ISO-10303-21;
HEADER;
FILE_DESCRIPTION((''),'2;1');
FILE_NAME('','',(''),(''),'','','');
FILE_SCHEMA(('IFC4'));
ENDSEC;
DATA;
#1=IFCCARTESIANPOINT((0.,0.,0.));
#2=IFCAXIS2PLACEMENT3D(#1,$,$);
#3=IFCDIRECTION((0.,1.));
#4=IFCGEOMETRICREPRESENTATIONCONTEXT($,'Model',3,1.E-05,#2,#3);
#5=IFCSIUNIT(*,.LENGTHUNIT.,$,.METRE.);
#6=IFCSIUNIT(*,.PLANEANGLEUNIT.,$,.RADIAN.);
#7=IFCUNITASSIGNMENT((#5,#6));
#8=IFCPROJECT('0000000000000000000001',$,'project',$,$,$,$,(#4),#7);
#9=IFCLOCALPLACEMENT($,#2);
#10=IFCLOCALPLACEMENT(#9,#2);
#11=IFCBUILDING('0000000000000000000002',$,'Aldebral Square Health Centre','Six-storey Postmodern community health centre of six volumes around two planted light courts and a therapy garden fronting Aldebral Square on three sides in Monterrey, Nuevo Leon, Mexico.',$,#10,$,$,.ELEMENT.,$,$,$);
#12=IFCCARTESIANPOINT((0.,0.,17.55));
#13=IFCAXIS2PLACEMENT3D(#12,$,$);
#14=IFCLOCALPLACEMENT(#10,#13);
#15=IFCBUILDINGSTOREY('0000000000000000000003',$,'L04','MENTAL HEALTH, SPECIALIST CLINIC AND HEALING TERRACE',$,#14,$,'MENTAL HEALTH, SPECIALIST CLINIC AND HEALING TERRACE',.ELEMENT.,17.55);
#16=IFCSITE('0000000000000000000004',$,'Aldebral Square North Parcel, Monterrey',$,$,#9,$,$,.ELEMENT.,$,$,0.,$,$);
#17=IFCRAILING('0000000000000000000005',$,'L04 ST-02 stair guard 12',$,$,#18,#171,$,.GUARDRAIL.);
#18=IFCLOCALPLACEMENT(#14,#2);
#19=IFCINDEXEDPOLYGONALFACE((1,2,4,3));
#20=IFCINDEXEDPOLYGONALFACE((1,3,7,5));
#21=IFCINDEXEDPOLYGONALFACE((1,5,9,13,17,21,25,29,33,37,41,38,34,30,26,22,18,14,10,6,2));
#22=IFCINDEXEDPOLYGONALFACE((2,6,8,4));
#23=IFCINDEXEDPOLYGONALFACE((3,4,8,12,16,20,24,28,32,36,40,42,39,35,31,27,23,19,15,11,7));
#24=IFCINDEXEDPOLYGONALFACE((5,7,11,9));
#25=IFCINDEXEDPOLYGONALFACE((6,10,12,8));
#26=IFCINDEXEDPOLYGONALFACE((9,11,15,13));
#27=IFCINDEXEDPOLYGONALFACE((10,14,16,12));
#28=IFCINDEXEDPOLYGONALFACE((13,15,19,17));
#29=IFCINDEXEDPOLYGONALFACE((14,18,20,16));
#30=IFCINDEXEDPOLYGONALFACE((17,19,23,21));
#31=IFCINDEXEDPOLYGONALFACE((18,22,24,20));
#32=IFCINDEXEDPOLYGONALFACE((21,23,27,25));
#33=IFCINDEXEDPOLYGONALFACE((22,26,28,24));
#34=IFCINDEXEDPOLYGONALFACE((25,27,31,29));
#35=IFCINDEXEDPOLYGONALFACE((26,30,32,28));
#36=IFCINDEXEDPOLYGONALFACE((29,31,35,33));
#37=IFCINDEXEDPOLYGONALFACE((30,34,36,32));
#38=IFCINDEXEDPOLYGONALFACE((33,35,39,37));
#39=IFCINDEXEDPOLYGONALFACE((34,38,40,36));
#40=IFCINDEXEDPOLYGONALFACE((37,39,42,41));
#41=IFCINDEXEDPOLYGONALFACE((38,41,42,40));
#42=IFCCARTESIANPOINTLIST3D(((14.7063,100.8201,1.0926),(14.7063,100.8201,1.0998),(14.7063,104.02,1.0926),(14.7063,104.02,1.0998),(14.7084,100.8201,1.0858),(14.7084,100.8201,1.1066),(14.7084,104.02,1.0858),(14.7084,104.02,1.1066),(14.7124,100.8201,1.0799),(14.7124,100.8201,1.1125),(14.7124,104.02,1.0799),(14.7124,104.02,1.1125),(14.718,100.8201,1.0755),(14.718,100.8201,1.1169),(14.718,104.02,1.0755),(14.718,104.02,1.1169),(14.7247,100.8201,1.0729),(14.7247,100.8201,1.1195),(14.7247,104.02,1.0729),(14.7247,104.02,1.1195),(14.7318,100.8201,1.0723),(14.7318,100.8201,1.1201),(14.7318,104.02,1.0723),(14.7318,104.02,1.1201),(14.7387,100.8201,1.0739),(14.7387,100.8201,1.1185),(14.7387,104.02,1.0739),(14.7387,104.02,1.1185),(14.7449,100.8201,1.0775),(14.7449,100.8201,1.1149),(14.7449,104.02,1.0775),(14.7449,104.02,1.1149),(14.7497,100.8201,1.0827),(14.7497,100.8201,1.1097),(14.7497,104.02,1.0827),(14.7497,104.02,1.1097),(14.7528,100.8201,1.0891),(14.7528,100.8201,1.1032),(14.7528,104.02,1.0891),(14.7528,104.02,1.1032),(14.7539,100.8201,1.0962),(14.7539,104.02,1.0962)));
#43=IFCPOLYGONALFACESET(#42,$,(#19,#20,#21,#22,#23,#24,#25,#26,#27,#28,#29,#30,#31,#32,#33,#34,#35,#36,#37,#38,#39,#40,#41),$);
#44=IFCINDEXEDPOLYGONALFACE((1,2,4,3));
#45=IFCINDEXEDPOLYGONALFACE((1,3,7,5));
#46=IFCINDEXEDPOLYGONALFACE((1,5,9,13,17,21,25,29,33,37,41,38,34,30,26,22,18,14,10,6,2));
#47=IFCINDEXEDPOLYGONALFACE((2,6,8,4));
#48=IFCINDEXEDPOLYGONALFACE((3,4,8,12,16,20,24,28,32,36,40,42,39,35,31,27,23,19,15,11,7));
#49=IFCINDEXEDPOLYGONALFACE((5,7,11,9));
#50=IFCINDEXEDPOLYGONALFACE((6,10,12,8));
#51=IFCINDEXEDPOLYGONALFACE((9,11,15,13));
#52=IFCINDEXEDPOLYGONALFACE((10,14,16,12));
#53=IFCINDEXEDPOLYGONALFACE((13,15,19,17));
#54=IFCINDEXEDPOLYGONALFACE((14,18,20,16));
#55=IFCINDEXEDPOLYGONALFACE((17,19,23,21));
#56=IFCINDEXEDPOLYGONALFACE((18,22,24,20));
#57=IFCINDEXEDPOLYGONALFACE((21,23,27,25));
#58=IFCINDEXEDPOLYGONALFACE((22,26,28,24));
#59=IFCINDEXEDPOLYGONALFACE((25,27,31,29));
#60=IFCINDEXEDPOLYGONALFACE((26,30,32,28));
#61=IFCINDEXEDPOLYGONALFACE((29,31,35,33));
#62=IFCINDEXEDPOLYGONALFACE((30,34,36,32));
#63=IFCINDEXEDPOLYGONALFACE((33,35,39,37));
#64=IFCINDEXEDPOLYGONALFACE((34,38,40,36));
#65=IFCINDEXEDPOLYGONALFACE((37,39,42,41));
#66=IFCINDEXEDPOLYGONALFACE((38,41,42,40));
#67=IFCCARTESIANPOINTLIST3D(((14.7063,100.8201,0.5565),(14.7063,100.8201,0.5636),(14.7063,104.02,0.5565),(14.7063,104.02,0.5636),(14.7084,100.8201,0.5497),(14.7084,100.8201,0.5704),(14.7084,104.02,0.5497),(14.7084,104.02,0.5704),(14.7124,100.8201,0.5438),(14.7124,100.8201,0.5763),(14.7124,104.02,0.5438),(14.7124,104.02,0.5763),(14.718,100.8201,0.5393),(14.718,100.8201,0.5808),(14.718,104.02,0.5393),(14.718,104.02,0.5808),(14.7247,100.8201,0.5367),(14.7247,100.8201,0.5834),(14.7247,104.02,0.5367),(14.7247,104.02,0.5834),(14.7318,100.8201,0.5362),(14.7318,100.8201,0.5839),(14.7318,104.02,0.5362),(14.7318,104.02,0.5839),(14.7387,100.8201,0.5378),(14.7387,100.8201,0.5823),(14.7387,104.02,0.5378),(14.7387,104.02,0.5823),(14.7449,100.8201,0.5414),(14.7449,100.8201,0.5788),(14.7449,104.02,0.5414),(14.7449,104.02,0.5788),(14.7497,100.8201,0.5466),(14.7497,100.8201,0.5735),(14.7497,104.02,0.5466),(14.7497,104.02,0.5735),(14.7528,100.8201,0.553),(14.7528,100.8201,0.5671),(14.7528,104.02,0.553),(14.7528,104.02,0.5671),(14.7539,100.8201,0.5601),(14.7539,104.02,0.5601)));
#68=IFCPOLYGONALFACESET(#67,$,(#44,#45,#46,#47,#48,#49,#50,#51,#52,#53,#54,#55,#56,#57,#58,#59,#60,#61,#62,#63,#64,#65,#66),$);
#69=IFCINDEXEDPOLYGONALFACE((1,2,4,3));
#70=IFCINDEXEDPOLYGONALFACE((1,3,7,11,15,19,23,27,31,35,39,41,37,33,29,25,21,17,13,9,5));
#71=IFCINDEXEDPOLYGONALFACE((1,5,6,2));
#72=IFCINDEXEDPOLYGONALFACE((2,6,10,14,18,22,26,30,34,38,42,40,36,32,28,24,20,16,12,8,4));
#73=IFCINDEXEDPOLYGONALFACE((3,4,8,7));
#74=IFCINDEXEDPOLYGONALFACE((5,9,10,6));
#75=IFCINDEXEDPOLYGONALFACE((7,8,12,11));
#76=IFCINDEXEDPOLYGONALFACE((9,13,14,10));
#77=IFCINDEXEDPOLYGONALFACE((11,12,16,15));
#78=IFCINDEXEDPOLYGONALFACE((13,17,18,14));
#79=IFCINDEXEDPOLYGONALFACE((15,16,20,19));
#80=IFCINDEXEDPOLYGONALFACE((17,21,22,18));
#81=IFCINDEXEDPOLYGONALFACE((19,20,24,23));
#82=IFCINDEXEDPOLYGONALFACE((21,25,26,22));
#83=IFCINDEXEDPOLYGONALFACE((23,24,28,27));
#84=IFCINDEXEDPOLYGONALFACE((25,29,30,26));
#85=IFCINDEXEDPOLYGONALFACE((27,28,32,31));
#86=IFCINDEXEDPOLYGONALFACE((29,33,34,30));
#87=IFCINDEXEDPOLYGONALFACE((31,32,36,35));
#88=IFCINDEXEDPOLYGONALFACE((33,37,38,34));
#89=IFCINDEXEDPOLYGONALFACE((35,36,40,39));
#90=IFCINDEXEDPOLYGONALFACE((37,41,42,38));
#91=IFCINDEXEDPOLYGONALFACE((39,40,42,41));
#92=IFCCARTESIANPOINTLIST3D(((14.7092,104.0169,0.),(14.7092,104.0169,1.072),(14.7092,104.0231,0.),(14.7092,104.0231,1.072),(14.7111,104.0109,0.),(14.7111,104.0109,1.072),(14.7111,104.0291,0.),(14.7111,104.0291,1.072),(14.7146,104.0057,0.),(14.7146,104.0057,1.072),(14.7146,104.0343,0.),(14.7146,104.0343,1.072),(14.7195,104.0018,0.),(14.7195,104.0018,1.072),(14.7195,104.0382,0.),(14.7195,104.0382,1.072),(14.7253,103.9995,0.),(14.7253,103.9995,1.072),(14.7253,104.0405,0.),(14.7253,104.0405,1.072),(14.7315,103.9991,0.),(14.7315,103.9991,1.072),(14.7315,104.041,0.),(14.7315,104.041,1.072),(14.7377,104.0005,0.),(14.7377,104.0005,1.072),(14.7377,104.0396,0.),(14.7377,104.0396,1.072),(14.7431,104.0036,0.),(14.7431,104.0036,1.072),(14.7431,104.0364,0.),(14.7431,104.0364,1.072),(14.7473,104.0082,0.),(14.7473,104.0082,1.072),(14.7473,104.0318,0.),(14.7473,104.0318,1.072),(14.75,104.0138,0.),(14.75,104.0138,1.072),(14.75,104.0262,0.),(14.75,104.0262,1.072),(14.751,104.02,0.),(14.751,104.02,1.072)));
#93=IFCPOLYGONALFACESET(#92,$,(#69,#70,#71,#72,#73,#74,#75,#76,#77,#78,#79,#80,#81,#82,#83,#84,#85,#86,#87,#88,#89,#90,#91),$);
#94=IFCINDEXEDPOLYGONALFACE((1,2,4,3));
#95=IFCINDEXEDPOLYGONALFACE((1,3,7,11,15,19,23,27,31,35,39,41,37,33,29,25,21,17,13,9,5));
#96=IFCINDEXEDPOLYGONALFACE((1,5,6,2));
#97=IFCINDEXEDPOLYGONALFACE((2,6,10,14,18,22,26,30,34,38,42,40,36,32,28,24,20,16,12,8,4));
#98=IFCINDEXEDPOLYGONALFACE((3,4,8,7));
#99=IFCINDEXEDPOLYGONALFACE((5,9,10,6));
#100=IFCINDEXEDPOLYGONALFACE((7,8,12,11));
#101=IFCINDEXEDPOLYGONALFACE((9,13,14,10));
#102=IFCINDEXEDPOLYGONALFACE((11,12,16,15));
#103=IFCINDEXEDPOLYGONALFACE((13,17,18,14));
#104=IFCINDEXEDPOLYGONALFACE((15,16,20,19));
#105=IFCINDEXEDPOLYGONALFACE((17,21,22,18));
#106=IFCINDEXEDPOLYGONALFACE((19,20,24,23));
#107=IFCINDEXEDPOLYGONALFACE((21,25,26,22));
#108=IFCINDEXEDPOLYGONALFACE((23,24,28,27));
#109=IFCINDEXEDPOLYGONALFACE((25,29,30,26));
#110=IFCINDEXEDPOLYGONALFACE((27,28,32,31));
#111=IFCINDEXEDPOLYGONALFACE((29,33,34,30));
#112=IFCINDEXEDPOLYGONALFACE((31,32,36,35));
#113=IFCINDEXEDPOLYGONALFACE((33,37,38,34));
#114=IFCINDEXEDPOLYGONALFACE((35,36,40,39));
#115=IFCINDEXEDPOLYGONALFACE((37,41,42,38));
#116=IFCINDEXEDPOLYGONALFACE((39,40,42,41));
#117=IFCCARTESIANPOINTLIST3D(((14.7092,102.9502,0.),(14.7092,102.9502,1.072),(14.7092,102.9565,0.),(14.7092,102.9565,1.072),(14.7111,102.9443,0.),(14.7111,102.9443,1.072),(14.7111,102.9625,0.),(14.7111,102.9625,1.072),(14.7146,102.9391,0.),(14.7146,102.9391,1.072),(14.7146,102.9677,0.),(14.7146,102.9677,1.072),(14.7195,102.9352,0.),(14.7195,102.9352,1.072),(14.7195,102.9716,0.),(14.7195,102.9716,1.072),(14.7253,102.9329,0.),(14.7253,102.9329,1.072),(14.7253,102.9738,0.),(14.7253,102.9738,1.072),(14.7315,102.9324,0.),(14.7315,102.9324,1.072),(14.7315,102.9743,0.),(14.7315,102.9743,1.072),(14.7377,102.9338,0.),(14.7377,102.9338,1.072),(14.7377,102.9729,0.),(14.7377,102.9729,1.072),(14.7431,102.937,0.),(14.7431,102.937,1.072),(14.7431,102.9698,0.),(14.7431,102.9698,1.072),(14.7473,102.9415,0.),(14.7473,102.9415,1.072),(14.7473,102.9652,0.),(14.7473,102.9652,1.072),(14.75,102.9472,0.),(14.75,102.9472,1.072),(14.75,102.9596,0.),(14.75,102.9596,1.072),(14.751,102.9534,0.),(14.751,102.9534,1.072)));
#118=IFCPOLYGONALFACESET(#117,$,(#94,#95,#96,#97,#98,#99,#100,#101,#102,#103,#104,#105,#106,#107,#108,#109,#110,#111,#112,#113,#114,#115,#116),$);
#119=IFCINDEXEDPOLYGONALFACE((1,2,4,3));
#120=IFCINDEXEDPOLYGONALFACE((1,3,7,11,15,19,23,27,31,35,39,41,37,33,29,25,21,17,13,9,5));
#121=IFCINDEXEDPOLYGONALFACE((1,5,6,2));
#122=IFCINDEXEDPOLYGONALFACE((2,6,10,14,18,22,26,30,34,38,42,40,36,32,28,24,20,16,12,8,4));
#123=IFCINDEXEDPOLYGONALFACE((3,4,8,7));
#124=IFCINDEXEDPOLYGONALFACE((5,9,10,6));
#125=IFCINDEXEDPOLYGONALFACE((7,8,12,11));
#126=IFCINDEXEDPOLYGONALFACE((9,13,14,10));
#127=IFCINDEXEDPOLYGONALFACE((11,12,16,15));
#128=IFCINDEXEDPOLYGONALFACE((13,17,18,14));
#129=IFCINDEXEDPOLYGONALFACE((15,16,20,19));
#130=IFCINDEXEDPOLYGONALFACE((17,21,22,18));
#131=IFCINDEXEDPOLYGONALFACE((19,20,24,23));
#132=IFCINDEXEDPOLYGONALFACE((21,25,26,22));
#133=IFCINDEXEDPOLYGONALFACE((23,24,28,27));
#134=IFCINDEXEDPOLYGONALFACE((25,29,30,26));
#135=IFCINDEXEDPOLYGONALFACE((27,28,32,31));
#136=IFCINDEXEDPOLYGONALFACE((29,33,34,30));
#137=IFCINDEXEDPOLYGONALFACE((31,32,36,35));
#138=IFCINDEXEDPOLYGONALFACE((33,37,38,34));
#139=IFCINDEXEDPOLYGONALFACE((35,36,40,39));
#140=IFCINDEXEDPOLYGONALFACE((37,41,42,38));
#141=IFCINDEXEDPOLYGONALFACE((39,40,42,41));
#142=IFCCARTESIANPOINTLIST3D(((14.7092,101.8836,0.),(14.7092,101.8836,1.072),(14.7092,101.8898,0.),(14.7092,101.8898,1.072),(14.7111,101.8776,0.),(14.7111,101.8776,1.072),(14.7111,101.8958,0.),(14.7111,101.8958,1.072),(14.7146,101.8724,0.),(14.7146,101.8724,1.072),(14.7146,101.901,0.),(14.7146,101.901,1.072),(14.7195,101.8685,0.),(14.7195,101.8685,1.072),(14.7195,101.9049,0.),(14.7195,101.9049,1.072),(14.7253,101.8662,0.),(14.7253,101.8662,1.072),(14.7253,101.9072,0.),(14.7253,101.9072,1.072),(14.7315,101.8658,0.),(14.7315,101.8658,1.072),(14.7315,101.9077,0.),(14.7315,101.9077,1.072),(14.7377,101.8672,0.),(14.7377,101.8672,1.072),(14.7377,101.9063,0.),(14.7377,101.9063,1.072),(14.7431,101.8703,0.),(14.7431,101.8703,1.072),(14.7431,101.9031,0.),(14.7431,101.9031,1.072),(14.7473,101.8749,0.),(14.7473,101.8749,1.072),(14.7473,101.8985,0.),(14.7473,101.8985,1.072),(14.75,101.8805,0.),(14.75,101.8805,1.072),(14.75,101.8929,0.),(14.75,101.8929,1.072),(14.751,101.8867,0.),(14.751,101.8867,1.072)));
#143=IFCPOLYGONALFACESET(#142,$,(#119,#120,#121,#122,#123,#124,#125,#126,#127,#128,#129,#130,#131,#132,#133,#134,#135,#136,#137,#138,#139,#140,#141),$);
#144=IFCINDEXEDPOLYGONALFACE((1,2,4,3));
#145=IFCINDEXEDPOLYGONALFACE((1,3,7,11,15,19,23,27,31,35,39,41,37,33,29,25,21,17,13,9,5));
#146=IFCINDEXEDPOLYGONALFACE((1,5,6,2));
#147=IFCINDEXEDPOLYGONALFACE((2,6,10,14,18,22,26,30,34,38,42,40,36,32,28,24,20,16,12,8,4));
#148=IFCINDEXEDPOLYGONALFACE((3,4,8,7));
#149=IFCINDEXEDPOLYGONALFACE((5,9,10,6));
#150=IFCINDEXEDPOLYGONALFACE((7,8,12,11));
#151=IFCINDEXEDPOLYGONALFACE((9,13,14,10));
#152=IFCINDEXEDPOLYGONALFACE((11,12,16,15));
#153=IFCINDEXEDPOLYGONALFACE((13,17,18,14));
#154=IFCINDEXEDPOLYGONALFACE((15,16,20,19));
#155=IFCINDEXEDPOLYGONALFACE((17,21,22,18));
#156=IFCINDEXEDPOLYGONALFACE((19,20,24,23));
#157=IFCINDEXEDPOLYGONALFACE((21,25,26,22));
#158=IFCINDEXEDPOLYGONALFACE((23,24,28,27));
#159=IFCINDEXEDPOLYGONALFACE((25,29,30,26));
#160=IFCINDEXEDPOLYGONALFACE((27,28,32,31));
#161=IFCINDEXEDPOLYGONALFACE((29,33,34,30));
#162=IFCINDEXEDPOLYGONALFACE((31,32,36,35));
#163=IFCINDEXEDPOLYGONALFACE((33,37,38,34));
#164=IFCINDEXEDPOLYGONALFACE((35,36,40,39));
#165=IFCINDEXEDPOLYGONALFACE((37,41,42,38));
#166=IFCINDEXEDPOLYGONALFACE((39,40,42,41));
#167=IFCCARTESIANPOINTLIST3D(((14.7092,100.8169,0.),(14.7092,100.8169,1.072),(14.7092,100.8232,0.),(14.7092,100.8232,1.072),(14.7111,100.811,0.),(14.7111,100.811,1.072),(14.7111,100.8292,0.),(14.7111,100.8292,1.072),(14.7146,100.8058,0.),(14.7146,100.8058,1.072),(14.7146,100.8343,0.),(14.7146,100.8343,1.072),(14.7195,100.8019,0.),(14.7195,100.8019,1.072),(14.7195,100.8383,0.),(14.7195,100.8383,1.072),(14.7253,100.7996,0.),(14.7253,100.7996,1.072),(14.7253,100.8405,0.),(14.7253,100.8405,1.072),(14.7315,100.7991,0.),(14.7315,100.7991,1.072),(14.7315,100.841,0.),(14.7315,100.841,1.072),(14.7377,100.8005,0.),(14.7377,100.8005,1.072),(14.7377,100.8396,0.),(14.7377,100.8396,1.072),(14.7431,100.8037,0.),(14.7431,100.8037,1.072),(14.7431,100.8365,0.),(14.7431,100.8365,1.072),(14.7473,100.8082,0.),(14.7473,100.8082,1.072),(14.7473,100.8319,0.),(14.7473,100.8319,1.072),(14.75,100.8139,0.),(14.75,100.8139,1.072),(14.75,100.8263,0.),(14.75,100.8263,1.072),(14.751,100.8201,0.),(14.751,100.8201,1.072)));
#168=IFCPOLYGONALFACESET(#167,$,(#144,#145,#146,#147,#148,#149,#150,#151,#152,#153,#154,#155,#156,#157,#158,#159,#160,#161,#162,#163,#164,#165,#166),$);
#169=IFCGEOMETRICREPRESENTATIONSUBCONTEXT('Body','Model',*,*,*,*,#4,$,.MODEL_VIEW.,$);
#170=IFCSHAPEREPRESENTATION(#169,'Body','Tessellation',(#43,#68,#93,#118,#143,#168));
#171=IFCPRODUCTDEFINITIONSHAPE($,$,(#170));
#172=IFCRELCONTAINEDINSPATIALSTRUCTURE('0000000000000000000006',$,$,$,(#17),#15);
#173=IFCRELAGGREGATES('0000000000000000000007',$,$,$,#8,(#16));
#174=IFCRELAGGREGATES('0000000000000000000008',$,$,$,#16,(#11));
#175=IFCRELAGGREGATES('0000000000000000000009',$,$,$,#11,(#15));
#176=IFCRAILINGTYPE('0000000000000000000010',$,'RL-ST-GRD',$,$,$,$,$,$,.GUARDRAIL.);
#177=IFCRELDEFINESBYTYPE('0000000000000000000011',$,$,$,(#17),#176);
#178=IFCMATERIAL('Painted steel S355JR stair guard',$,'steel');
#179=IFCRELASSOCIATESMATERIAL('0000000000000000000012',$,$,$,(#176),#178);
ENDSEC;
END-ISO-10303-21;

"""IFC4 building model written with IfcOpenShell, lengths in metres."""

from ifc_helpers import new_model, si_unit, direction, frame, origin, origin_2d, place, context, subcontext, project, spatial, circle, extrude, material, type_object, element, save


model = new_model("IFC4")

# Units and contexts
model_context = context("Model", 3, precision=1e-05, world=origin(), true_north=direction((0.0, 1.0)))
body_context = subcontext(model_context, "Body", "Model", "MODEL_VIEW")
ifc_project = project(units=[si_unit("LENGTHUNIT", "METRE"), si_unit("PLANEANGLEUNIT", "RADIAN")], contexts=[model_context])

# Site, building, storey
site_placement = place(None, origin())
site = spatial("IfcSite", under=ifc_project, at=site_placement, Name="Aldebral Square North Parcel, Monterrey", CompositionType="ELEMENT", RefElevation=0.0)
building_placement = place(site_placement, origin())
building = spatial("IfcBuilding", under=site, at=building_placement, Name="Aldebral Square Health Centre", Description="Six-storey Postmodern community health centre of six volumes around two planted light courts and a therapy garden fronting Aldebral Square on three sides in Monterrey, Nuevo Leon, Mexico.", CompositionType="ELEMENT")
storey_placement = place(building_placement, frame((0.0, 0.0, 17.55)))
storey = spatial("IfcBuildingStorey", under=building, at=storey_placement, Name="L04", Description="MENTAL HEALTH, SPECIALIST CLINIC AND HEALING TERRACE", LongName="MENTAL HEALTH, SPECIALIST CLINIC AND HEALING TERRACE", CompositionType="ELEMENT", Elevation=17.55)

# Railing
ifc_material_1 = material(Name="Painted steel S355JR stair guard", Category="steel")
railing_type_1 = type_object("IfcRailingType", Name="RL-ST-GRD", PredefinedType="GUARDRAIL", material=ifc_material_1)
railing_1_placement = place(storey_placement, frame((14.73, 104.02, 0.0)))
element("IfcRailing", 1, at=railing_1_placement, inside=storey, type_object=railing_type_1, Name="L04 ST-02 stair guard 12", PredefinedType="GUARDRAIL", context=body_context, shape_type="SweptSolid", body=[
    extrude(circle(Radius=0.0239, at=origin_2d()), frame((0.0, 0.0, 1.0962), z_axis=(0.0, -1.0, 0.0), x_axis=(1.0, 0.0, 0.0)), (0.0, 0.0, 1.0), 3.2),
    extrude(circle(Radius=0.0239, at=origin_2d()), frame((0.0, 0.0, 0.5601), z_axis=(0.0, -1.0, 0.0), x_axis=(1.0, 0.0, 0.0)), (0.0, 0.0, 1.0), 3.2),
    extrude(circle(Radius=0.021, at=origin_2d()), origin(), (0.0, 0.0, 1.0), 1.072),
    extrude(circle(Radius=0.021, at=origin_2d()), frame((0.0, -1.0667, 0.0)), (0.0, 0.0, 1.0), 1.072),
    extrude(circle(Radius=0.021, at=origin_2d()), frame((0.0, -2.1333, 0.0)), (0.0, 0.0, 1.0), 1.072),
    extrude(circle(Radius=0.021, at=origin_2d()), frame((0.0, -3.2, 0.0)), (0.0, 0.0, 1.0), 1.072),
])

save(model, "model.ifc")
